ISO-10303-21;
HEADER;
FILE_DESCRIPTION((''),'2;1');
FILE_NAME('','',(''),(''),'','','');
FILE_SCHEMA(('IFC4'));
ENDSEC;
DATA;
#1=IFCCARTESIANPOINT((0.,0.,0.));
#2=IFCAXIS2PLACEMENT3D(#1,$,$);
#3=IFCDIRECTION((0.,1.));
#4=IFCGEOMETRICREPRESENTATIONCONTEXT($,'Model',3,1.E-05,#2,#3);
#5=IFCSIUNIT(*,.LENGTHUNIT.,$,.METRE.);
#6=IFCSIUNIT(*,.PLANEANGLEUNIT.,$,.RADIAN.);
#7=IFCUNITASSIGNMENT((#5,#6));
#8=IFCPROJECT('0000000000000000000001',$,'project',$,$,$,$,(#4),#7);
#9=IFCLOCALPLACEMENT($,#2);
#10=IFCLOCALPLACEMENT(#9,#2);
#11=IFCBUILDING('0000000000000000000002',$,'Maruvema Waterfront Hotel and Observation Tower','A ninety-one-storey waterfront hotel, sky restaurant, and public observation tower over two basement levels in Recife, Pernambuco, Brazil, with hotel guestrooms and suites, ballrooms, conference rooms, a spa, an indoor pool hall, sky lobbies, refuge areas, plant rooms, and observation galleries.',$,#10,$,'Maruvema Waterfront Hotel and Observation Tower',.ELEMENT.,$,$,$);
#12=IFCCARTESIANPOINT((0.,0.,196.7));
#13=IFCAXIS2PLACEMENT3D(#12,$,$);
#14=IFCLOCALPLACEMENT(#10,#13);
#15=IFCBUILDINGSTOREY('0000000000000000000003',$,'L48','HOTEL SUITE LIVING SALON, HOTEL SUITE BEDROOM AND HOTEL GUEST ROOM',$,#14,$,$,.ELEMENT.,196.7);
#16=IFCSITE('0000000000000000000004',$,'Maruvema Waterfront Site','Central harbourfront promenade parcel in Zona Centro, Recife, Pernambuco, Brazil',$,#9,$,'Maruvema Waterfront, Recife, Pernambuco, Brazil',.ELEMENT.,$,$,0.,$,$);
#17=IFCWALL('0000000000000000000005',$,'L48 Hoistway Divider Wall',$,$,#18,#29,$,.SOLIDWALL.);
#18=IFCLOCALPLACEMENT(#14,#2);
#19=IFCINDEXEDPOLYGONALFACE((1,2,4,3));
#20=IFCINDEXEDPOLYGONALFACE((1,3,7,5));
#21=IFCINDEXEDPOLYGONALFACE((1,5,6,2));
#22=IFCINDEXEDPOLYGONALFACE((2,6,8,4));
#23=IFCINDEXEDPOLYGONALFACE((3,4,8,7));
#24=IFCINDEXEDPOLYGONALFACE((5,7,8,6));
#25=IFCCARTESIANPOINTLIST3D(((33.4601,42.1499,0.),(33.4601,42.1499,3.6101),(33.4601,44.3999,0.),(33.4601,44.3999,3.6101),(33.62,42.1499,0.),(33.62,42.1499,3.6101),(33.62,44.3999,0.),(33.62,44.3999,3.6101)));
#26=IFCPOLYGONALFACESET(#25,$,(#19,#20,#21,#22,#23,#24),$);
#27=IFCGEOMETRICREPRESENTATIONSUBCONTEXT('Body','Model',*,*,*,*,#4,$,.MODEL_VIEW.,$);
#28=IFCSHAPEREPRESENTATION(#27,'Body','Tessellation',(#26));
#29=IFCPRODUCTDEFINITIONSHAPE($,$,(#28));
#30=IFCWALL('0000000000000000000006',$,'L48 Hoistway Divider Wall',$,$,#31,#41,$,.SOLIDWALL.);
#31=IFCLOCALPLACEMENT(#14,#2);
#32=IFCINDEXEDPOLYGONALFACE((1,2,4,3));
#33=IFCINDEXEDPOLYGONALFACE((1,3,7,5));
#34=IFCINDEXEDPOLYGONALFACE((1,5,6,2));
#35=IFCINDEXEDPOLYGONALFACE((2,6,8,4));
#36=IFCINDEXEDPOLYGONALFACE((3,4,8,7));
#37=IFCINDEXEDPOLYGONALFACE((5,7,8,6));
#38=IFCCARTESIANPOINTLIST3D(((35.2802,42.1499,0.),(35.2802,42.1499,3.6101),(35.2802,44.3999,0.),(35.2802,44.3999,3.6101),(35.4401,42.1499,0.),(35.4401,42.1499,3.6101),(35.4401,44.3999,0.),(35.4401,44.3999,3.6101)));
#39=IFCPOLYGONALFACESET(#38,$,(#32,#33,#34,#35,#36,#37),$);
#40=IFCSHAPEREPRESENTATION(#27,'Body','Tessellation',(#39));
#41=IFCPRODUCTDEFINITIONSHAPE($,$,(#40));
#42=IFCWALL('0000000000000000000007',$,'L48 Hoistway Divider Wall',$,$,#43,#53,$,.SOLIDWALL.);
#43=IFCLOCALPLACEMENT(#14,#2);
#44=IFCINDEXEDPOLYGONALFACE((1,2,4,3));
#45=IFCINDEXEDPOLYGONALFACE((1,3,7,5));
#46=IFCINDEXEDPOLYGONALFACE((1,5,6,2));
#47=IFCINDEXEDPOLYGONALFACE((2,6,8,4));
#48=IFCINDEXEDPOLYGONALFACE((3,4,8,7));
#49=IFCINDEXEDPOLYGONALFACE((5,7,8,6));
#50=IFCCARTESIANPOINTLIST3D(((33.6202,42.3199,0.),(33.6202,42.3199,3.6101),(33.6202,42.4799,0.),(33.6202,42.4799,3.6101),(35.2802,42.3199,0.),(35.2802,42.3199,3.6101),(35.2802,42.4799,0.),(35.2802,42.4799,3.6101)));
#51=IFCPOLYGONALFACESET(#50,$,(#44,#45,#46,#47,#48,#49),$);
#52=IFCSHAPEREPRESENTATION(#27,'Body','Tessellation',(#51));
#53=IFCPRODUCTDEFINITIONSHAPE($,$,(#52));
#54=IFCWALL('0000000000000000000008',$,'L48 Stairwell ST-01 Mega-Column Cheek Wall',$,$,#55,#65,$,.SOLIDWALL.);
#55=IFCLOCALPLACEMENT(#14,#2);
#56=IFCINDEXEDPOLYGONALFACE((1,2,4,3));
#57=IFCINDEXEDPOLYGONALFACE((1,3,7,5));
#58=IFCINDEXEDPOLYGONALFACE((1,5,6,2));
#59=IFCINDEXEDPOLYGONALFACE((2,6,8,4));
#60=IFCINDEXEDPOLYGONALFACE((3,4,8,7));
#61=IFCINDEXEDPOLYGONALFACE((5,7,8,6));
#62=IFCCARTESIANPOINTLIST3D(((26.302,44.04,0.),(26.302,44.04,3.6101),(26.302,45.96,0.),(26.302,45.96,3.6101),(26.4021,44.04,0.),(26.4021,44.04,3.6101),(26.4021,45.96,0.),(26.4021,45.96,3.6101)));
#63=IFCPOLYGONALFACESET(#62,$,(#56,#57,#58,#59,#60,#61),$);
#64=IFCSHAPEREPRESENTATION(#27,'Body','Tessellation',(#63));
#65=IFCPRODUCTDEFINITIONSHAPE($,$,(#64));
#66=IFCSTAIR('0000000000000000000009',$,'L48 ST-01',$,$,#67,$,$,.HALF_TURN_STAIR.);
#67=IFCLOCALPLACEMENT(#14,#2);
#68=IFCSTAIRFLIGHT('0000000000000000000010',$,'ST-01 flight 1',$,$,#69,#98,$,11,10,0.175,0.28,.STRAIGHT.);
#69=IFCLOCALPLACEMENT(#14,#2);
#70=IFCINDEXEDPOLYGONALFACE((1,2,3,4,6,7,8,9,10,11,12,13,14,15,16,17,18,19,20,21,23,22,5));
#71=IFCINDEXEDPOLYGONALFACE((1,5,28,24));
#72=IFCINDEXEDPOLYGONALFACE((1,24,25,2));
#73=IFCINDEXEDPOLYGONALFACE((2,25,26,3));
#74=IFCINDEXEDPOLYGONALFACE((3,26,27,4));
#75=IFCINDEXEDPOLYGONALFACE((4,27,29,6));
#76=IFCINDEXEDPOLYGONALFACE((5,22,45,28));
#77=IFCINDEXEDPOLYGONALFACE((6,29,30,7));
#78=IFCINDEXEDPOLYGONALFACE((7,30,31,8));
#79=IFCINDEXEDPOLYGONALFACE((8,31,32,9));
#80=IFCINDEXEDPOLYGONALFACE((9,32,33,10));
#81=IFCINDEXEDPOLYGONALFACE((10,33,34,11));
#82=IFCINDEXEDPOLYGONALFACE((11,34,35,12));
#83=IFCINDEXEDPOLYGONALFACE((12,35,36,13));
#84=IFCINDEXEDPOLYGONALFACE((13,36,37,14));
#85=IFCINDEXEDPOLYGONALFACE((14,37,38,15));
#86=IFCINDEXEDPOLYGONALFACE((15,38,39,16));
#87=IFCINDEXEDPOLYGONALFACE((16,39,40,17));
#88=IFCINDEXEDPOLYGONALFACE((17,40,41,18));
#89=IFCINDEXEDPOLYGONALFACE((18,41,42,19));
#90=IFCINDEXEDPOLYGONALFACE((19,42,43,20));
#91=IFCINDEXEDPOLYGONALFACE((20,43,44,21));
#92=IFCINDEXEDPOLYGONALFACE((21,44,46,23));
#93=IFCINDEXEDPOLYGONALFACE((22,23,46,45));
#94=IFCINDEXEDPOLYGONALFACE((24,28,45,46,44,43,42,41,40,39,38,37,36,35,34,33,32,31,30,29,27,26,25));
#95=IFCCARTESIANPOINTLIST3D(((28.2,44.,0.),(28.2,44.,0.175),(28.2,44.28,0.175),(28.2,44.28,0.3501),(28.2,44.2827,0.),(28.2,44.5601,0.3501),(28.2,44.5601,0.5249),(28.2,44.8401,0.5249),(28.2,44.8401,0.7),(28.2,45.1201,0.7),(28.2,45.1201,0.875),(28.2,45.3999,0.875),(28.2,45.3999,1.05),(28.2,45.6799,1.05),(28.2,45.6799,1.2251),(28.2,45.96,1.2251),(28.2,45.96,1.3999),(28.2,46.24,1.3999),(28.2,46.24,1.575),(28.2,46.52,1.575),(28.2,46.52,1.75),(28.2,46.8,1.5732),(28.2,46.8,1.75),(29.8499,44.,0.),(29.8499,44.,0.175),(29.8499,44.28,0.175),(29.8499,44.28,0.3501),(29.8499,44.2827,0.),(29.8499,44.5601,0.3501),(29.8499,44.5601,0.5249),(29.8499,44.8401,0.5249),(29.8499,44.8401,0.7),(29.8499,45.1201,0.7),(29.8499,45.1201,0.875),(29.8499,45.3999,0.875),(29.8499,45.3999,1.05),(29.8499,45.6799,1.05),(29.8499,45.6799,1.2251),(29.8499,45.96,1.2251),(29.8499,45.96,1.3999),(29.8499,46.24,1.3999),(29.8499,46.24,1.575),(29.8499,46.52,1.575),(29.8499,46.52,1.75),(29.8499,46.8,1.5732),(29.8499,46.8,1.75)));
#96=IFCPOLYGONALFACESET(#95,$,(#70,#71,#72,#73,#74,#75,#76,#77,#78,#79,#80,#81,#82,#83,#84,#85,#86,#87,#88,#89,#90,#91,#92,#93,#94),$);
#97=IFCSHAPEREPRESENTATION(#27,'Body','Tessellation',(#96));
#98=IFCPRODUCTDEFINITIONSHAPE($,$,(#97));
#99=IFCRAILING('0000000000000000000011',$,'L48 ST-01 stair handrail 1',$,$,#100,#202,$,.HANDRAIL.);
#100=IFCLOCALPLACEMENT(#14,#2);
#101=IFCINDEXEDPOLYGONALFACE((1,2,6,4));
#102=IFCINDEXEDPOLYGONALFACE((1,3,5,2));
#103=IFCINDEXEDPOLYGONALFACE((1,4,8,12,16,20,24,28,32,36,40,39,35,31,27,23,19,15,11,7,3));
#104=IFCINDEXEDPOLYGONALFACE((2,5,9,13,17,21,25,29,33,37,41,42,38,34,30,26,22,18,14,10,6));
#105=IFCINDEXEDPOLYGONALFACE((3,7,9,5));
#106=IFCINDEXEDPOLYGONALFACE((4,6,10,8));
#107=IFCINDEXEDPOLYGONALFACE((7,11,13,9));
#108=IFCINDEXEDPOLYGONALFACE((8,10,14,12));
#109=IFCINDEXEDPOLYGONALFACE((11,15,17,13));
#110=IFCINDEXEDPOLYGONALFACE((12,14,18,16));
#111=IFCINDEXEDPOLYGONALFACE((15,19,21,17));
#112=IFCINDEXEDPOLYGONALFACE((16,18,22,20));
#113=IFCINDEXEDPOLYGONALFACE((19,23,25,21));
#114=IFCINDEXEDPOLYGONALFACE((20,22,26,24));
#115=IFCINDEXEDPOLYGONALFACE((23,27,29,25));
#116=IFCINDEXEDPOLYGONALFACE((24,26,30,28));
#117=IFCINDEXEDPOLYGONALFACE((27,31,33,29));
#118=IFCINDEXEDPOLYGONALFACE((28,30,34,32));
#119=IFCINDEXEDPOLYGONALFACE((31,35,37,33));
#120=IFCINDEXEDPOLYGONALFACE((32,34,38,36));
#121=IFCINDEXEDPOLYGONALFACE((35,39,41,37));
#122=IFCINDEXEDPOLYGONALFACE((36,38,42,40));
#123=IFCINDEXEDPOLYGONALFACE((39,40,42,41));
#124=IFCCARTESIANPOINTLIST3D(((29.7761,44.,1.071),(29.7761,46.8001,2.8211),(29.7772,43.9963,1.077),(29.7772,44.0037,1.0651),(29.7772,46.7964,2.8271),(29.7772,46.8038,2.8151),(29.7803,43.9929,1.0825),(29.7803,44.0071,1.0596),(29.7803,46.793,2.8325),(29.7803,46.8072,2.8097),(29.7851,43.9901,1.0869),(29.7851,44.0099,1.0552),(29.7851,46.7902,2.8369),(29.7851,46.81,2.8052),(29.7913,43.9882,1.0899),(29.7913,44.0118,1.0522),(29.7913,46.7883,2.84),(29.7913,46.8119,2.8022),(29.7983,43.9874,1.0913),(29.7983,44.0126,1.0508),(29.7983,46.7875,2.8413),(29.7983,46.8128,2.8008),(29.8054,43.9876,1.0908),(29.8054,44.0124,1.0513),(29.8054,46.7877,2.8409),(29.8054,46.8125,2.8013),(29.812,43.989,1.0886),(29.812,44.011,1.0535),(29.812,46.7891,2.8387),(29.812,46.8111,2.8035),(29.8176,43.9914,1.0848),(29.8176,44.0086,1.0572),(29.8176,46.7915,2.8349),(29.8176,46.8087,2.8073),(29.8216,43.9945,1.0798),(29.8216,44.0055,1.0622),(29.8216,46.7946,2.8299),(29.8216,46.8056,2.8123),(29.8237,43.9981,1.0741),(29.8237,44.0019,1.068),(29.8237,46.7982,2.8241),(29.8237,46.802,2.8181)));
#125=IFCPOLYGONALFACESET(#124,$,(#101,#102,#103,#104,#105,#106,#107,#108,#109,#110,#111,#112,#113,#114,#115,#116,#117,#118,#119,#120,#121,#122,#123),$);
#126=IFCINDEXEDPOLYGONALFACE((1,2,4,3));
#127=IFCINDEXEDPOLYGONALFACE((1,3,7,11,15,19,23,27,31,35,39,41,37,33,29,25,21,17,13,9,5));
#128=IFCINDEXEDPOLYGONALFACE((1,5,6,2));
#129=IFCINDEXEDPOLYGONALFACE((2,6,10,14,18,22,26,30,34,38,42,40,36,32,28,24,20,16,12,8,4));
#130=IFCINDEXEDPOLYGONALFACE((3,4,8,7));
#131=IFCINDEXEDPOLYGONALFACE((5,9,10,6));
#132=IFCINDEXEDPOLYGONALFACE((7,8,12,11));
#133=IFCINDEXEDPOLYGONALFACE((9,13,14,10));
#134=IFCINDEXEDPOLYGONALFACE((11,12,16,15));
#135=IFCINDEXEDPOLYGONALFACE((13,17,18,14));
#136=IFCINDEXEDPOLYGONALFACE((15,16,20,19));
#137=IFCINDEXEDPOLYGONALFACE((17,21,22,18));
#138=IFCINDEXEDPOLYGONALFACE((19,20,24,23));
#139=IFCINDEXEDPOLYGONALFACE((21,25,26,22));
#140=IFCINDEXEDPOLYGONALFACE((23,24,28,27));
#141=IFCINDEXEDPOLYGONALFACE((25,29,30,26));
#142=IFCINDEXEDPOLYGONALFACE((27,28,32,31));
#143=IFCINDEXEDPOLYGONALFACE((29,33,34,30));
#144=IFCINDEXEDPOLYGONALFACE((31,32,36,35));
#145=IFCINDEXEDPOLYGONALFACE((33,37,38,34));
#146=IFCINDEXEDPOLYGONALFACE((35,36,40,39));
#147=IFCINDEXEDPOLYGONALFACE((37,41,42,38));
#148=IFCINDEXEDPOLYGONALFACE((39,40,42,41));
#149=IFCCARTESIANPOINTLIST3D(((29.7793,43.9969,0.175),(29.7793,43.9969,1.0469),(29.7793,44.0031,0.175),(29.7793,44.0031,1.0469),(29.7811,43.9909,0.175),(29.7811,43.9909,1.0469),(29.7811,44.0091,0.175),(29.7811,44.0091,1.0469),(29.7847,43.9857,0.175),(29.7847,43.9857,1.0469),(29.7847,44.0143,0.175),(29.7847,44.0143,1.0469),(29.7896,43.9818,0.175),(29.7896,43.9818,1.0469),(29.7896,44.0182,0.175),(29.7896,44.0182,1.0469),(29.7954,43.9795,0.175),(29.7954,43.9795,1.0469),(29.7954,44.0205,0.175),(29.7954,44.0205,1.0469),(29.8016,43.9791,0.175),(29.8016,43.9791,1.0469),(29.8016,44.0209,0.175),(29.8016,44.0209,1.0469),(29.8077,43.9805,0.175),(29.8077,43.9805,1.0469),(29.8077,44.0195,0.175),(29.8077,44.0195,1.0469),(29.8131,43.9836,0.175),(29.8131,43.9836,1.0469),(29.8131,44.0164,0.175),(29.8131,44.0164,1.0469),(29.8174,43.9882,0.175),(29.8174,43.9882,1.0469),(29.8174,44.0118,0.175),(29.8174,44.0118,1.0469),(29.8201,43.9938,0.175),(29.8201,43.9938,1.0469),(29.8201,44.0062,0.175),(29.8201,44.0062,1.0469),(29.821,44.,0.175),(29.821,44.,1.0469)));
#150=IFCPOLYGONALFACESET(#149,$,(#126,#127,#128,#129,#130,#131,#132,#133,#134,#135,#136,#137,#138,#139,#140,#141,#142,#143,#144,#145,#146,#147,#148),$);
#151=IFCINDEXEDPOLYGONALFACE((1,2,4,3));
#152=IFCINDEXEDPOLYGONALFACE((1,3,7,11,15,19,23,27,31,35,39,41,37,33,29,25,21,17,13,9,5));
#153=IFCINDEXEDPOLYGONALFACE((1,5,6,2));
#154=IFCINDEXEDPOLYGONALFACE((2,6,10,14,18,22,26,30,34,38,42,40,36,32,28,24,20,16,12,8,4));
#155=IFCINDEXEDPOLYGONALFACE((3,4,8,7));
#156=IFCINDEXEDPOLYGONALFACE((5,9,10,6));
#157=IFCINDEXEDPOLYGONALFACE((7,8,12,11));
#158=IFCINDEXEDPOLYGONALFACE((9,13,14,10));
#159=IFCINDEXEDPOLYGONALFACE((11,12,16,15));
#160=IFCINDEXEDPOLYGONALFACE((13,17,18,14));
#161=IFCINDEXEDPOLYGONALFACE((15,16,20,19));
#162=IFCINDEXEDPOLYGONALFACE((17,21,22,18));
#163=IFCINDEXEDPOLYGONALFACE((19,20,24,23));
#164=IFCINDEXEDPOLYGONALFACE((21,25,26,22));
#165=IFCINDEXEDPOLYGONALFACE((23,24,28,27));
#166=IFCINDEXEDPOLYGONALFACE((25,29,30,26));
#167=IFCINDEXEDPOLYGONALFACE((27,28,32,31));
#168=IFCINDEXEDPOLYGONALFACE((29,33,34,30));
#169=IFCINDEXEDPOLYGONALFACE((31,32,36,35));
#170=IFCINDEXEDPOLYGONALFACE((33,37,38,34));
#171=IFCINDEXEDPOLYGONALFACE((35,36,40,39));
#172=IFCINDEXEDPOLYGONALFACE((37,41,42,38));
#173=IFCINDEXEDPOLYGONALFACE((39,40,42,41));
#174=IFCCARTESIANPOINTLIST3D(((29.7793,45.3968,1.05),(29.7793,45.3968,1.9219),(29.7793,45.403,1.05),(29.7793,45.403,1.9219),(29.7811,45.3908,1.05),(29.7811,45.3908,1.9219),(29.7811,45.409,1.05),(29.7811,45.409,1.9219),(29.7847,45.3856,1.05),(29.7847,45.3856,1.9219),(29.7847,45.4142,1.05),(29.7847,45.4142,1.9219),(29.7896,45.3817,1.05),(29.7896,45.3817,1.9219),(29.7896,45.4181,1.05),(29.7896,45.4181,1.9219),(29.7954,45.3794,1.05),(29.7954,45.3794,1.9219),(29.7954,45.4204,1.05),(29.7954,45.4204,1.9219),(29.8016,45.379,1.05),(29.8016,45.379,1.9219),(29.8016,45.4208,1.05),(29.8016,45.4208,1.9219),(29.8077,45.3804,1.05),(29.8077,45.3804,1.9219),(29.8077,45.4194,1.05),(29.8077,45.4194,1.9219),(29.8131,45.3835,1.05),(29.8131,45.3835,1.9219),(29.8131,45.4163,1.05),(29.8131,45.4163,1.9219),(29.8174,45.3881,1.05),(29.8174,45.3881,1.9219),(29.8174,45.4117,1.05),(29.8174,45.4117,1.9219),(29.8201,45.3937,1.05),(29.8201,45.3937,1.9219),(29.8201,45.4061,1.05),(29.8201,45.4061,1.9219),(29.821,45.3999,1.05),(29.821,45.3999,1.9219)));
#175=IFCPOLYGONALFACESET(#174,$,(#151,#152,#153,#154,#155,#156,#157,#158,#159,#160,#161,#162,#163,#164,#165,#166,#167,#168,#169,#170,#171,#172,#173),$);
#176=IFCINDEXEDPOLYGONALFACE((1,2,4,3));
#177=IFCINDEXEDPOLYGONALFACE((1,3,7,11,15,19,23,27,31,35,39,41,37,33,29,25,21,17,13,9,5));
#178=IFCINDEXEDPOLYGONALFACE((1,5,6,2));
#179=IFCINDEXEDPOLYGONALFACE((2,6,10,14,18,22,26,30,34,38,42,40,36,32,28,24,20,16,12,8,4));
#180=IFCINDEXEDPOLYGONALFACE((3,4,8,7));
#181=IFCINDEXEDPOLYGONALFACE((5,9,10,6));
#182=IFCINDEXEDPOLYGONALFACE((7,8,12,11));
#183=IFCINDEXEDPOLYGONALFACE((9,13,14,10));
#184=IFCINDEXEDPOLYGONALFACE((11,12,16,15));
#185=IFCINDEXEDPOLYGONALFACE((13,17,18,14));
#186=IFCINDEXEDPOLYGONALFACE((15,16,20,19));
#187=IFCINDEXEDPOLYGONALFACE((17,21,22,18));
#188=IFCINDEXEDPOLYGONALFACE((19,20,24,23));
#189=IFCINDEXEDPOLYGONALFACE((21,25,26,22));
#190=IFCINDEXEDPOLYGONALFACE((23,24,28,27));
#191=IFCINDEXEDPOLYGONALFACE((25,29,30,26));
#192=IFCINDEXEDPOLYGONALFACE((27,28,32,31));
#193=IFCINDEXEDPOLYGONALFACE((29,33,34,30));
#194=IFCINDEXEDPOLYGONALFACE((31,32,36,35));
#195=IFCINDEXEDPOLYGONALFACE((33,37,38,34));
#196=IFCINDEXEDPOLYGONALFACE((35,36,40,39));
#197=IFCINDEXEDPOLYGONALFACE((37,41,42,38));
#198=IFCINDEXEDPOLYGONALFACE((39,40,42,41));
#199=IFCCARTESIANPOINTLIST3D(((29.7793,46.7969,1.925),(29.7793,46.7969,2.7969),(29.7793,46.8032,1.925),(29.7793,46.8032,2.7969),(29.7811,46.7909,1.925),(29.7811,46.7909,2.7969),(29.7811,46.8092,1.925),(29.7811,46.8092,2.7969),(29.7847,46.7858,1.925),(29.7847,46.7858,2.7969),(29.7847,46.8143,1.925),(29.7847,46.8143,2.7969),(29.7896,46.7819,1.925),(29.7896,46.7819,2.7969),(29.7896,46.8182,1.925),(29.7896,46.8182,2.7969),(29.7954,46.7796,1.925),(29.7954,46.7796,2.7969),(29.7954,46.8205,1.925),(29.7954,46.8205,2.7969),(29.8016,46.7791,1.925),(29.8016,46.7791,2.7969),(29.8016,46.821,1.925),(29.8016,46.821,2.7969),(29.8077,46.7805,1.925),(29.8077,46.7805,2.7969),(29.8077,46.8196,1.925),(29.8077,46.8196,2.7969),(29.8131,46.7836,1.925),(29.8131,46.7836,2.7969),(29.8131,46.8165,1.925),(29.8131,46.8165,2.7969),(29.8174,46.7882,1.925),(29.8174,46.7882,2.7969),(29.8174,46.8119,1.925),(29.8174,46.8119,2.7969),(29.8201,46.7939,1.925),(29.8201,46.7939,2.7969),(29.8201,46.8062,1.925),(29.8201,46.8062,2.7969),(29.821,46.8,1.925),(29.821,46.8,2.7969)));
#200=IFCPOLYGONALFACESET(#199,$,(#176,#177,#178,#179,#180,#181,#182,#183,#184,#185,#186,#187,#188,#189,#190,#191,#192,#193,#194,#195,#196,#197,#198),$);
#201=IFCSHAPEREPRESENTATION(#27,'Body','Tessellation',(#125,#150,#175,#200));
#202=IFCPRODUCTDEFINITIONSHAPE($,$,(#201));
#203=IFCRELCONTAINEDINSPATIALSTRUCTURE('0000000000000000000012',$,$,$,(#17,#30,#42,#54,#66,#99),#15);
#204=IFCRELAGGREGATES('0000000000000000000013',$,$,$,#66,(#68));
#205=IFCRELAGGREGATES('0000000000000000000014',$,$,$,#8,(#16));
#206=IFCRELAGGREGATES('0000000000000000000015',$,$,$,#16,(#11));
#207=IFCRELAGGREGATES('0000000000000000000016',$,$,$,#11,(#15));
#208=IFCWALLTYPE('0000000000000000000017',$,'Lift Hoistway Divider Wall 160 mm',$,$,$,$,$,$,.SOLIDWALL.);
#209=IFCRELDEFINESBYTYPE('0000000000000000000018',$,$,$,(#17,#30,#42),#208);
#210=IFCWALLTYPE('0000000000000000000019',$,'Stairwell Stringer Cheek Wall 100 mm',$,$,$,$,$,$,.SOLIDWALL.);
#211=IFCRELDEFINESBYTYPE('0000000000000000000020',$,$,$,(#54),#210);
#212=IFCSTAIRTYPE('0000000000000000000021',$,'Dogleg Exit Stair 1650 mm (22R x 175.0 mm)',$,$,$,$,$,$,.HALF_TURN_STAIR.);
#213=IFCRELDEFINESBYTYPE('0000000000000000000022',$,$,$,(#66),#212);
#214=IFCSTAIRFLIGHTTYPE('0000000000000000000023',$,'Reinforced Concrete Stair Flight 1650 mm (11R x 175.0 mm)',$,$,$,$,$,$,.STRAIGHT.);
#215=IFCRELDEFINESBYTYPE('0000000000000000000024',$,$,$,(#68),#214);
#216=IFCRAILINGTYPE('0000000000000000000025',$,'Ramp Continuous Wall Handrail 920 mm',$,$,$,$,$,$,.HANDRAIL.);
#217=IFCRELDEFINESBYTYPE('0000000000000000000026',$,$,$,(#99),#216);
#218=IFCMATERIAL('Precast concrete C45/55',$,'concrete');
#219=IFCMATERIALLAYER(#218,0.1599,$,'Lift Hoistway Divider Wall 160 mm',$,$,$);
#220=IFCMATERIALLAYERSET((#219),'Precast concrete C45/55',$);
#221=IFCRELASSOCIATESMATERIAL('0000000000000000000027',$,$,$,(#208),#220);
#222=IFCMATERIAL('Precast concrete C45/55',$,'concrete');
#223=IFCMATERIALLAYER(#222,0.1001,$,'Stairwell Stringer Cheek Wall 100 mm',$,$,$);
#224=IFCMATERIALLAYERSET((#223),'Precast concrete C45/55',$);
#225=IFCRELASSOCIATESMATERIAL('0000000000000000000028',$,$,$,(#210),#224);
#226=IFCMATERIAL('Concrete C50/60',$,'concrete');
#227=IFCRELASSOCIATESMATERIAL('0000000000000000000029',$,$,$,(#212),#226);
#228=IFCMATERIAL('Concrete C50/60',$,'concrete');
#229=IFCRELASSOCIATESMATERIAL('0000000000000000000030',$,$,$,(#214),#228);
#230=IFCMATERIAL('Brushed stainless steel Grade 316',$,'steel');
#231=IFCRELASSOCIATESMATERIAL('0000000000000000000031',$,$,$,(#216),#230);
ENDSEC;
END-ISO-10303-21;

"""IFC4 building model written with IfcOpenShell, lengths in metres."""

from ifc_helpers import new_model, si_unit, direction, frame, frame_2d, origin, origin_2d, place, context, subcontext, project, spatial, polyline, rectangle, circle, outline, extrude, material, layer, layer_set, type_object, element, aggregate, save


model = new_model("IFC4")

# Units and contexts
model_context = context("Model", 3, precision=1e-05, world=origin(), true_north=direction((0.0, 1.0)))
body_context = subcontext(model_context, "Body", "Model", "MODEL_VIEW")
ifc_project = project(units=[si_unit("LENGTHUNIT", "METRE"), si_unit("PLANEANGLEUNIT", "RADIAN")], contexts=[model_context])

# Site, building, storey
site_placement = place(None, origin())
site = spatial("IfcSite", under=ifc_project, at=site_placement, Name="Maruvema Waterfront Site", Description="Central harbourfront promenade parcel in Zona Centro, Recife, Pernambuco, Brazil", LongName="Maruvema Waterfront, Recife, Pernambuco, Brazil", CompositionType="ELEMENT", RefElevation=0.0)
building_placement = place(site_placement, origin())
building = spatial("IfcBuilding", under=site, at=building_placement, Name="Maruvema Waterfront Hotel and Observation Tower", Description="A ninety-one-storey waterfront hotel, sky restaurant, and public observation tower over two basement levels in Recife, Pernambuco, Brazil, with hotel guestrooms and suites, ballrooms, conference rooms, a spa, an indoor pool hall, sky lobbies, refuge areas, plant rooms, and observation galleries.", LongName="Maruvema Waterfront Hotel and Observation Tower", CompositionType="ELEMENT")
storey_placement = place(building_placement, frame((0.0, 0.0, 196.7)))
storey = spatial("IfcBuildingStorey", under=building, at=storey_placement, Name="L48", Description="HOTEL SUITE LIVING SALON, HOTEL SUITE BEDROOM AND HOTEL GUEST ROOM", CompositionType="ELEMENT", Elevation=196.7)

# Walls
ifc_material_1 = material(Name="Precast concrete C45/55", Category="concrete")
ifc_layer_1 = layer(ifc_material_1, 0.1599, Name="Lift Hoistway Divider Wall 160 mm")
ifc_layer_set_1 = layer_set([ifc_layer_1], Name="Precast concrete C45/55")
wall_type_1 = type_object("IfcWallType", Name="Lift Hoistway Divider Wall 160 mm", PredefinedType="SOLIDWALL", material=ifc_layer_set_1)
for number, where, z_axis, x_axis, name in (
    (1, (33.54, 42.1499, 0.0), (0.0, 0.0, 1.0), (0.0, 1.0, 0.0), "L48 Hoistway Divider Wall"),
    (2, (35.3601, 42.1499, 0.0), (0.0, 0.0, 1.0), (0.0, 1.0, 0.0), "L48 Hoistway Divider Wall"),
):
    element("IfcWall", number, at=place(storey_placement, frame(where, z_axis=z_axis, x_axis=x_axis)), inside=storey, type_object=wall_type_1, Name=name, PredefinedType="SOLIDWALL", context=body_context, shape_type="SweptSolid", body=[
        extrude(rectangle(XDim=2.25, YDim=0.1599, at=frame_2d((1.125, 0.0))), origin(), (0.0, 0.0, 1.0), 3.6101),
    ])
wall_1_placement = place(storey_placement, frame((33.6201, 42.3999, 0.0), z_axis=(0.0, 0.0, 1.0), x_axis=(1.0, 0.0, 0.0)))
element("IfcWall", 3, at=wall_1_placement, inside=storey, type_object=wall_type_1, Name="L48 Hoistway Divider Wall", PredefinedType="SOLIDWALL", context=body_context, shape_type="SweptSolid", body=[
    extrude(rectangle(XDim=1.6599, YDim=0.1599, at=frame_2d((0.8301, 0.0))), origin(), (0.0, 0.0, 1.0), 3.6101),
])
ifc_material_2 = material(Name="Precast concrete C45/55", Category="concrete")
ifc_layer_2 = layer(ifc_material_2, 0.1001, Name="Stairwell Stringer Cheek Wall 100 mm")
ifc_layer_set_2 = layer_set([ifc_layer_2], Name="Precast concrete C45/55")
wall_type_2 = type_object("IfcWallType", Name="Stairwell Stringer Cheek Wall 100 mm", PredefinedType="SOLIDWALL", material=ifc_layer_set_2)
wall_2_placement = place(storey_placement, frame((26.3521, 44.04, 0.0), z_axis=(0.0, 0.0, 1.0), x_axis=(0.0, 1.0, 0.0)))
element("IfcWall", 4, at=wall_2_placement, inside=storey, type_object=wall_type_2, Name="L48 Stairwell ST-01 Mega-Column Cheek Wall", PredefinedType="SOLIDWALL", context=body_context, shape_type="SweptSolid", body=[
    extrude(rectangle(XDim=1.9199, YDim=0.1001, at=frame_2d((0.96, 0.0))), origin(), (0.0, 0.0, 1.0), 3.6101),
])

# Stair, stair flight
ifc_material_3 = material(Name="Concrete C50/60", Category="concrete")
stair_type = type_object("IfcStairType", Name="Dogleg Exit Stair 1650 mm (22R x 175.0 mm)", PredefinedType="HALF_TURN_STAIR", material=ifc_material_3)
stair_placement = place(storey_placement, origin())
stair = element("IfcStair", 5, at=stair_placement, inside=storey, type_object=stair_type, Name="L48 ST-01", PredefinedType="HALF_TURN_STAIR")
ifc_material_4 = material(Name="Concrete C50/60", Category="concrete")
stair_flight_type = type_object("IfcStairFlightType", Name="Reinforced Concrete Stair Flight 1650 mm (11R x 175.0 mm)", PredefinedType="STRAIGHT", material=ifc_material_4)
stair_flight_placement = place(storey_placement, frame((29.0249, 44.0, 0.0), z_axis=(0.0, 0.0, 1.0), x_axis=(0.0, 1.0, 0.0)))
stair_flight = element("IfcStairFlight", 6, at=stair_flight_placement, type_object=stair_flight_type, Name="ST-01 flight 1", NumberOfRisers=11, NumberOfTreads=10, PredefinedType="STRAIGHT", RiserHeight=0.175, TreadLength=0.28, context=body_context, shape_type="SweptSolid", body=[
    extrude(outline(polyline([(0.0, 0.0), (0.0, 0.175), (0.28, 0.175), (0.28, 0.3501), (0.5601, 0.3501), (0.5601, 0.5249), (0.8401, 0.5249), (0.8401, 0.7), (1.1201, 0.7), (1.1201, 0.875), (1.3999, 0.875), (1.3999, 1.05), (1.6799, 1.05), (1.6799, 1.2251), (1.96, 1.2251), (1.96, 1.3999), (2.24, 1.3999), (2.24, 1.575), (2.52, 1.575), (2.52, 1.75), (2.8, 1.75), (2.8, 1.925), (2.8, 1.5732), (0.2827, 0.0), (0.0, 0.0)])), frame((0.0, 0.825, 0.0), z_axis=(0.0, -1.0, 0.0), x_axis=(1.0, 0.0, 0.0)), (0.0, 0.0, 1.0), 1.6499),
])
aggregate(stair, [stair_flight])

# Railing
ifc_material_5 = material(Name="Brushed stainless steel Grade 316", Category="steel")
railing_type_1 = type_object("IfcRailingType", Name="Ramp Continuous Wall Handrail 920 mm", PredefinedType="HANDRAIL", material=ifc_material_5)
railing_1_placement = place(storey_placement, frame((29.8, 44.0, 0.175)))
element("IfcRailing", 7, at=railing_1_placement, inside=storey, type_object=railing_type_1, Name="L48 ST-01 stair handrail 1", PredefinedType="HANDRAIL", context=body_context, shape_type="SweptSolid", body=[
    extrude(circle(Radius=0.0239, at=origin_2d()), frame((0.0, 0.0, 0.896), z_axis=(0.0, 0.848002, 0.529992), x_axis=(-1.0, 0.0, 0.0)), (0.0, 0.0, 1.0), 3.302),
    extrude(circle(Radius=0.021, at=origin_2d()), origin(), (0.0, 0.0, 1.0), 0.8718),
    extrude(circle(Radius=0.021, at=origin_2d()), frame((0.0, 1.3999, 0.875)), (0.0, 0.0, 1.0), 0.8718),
    extrude(circle(Radius=0.021, at=origin_2d()), frame((0.0, 2.8, 1.75)), (0.0, 0.0, 1.0), 0.8718),
])

save(model, "model.ifc")
